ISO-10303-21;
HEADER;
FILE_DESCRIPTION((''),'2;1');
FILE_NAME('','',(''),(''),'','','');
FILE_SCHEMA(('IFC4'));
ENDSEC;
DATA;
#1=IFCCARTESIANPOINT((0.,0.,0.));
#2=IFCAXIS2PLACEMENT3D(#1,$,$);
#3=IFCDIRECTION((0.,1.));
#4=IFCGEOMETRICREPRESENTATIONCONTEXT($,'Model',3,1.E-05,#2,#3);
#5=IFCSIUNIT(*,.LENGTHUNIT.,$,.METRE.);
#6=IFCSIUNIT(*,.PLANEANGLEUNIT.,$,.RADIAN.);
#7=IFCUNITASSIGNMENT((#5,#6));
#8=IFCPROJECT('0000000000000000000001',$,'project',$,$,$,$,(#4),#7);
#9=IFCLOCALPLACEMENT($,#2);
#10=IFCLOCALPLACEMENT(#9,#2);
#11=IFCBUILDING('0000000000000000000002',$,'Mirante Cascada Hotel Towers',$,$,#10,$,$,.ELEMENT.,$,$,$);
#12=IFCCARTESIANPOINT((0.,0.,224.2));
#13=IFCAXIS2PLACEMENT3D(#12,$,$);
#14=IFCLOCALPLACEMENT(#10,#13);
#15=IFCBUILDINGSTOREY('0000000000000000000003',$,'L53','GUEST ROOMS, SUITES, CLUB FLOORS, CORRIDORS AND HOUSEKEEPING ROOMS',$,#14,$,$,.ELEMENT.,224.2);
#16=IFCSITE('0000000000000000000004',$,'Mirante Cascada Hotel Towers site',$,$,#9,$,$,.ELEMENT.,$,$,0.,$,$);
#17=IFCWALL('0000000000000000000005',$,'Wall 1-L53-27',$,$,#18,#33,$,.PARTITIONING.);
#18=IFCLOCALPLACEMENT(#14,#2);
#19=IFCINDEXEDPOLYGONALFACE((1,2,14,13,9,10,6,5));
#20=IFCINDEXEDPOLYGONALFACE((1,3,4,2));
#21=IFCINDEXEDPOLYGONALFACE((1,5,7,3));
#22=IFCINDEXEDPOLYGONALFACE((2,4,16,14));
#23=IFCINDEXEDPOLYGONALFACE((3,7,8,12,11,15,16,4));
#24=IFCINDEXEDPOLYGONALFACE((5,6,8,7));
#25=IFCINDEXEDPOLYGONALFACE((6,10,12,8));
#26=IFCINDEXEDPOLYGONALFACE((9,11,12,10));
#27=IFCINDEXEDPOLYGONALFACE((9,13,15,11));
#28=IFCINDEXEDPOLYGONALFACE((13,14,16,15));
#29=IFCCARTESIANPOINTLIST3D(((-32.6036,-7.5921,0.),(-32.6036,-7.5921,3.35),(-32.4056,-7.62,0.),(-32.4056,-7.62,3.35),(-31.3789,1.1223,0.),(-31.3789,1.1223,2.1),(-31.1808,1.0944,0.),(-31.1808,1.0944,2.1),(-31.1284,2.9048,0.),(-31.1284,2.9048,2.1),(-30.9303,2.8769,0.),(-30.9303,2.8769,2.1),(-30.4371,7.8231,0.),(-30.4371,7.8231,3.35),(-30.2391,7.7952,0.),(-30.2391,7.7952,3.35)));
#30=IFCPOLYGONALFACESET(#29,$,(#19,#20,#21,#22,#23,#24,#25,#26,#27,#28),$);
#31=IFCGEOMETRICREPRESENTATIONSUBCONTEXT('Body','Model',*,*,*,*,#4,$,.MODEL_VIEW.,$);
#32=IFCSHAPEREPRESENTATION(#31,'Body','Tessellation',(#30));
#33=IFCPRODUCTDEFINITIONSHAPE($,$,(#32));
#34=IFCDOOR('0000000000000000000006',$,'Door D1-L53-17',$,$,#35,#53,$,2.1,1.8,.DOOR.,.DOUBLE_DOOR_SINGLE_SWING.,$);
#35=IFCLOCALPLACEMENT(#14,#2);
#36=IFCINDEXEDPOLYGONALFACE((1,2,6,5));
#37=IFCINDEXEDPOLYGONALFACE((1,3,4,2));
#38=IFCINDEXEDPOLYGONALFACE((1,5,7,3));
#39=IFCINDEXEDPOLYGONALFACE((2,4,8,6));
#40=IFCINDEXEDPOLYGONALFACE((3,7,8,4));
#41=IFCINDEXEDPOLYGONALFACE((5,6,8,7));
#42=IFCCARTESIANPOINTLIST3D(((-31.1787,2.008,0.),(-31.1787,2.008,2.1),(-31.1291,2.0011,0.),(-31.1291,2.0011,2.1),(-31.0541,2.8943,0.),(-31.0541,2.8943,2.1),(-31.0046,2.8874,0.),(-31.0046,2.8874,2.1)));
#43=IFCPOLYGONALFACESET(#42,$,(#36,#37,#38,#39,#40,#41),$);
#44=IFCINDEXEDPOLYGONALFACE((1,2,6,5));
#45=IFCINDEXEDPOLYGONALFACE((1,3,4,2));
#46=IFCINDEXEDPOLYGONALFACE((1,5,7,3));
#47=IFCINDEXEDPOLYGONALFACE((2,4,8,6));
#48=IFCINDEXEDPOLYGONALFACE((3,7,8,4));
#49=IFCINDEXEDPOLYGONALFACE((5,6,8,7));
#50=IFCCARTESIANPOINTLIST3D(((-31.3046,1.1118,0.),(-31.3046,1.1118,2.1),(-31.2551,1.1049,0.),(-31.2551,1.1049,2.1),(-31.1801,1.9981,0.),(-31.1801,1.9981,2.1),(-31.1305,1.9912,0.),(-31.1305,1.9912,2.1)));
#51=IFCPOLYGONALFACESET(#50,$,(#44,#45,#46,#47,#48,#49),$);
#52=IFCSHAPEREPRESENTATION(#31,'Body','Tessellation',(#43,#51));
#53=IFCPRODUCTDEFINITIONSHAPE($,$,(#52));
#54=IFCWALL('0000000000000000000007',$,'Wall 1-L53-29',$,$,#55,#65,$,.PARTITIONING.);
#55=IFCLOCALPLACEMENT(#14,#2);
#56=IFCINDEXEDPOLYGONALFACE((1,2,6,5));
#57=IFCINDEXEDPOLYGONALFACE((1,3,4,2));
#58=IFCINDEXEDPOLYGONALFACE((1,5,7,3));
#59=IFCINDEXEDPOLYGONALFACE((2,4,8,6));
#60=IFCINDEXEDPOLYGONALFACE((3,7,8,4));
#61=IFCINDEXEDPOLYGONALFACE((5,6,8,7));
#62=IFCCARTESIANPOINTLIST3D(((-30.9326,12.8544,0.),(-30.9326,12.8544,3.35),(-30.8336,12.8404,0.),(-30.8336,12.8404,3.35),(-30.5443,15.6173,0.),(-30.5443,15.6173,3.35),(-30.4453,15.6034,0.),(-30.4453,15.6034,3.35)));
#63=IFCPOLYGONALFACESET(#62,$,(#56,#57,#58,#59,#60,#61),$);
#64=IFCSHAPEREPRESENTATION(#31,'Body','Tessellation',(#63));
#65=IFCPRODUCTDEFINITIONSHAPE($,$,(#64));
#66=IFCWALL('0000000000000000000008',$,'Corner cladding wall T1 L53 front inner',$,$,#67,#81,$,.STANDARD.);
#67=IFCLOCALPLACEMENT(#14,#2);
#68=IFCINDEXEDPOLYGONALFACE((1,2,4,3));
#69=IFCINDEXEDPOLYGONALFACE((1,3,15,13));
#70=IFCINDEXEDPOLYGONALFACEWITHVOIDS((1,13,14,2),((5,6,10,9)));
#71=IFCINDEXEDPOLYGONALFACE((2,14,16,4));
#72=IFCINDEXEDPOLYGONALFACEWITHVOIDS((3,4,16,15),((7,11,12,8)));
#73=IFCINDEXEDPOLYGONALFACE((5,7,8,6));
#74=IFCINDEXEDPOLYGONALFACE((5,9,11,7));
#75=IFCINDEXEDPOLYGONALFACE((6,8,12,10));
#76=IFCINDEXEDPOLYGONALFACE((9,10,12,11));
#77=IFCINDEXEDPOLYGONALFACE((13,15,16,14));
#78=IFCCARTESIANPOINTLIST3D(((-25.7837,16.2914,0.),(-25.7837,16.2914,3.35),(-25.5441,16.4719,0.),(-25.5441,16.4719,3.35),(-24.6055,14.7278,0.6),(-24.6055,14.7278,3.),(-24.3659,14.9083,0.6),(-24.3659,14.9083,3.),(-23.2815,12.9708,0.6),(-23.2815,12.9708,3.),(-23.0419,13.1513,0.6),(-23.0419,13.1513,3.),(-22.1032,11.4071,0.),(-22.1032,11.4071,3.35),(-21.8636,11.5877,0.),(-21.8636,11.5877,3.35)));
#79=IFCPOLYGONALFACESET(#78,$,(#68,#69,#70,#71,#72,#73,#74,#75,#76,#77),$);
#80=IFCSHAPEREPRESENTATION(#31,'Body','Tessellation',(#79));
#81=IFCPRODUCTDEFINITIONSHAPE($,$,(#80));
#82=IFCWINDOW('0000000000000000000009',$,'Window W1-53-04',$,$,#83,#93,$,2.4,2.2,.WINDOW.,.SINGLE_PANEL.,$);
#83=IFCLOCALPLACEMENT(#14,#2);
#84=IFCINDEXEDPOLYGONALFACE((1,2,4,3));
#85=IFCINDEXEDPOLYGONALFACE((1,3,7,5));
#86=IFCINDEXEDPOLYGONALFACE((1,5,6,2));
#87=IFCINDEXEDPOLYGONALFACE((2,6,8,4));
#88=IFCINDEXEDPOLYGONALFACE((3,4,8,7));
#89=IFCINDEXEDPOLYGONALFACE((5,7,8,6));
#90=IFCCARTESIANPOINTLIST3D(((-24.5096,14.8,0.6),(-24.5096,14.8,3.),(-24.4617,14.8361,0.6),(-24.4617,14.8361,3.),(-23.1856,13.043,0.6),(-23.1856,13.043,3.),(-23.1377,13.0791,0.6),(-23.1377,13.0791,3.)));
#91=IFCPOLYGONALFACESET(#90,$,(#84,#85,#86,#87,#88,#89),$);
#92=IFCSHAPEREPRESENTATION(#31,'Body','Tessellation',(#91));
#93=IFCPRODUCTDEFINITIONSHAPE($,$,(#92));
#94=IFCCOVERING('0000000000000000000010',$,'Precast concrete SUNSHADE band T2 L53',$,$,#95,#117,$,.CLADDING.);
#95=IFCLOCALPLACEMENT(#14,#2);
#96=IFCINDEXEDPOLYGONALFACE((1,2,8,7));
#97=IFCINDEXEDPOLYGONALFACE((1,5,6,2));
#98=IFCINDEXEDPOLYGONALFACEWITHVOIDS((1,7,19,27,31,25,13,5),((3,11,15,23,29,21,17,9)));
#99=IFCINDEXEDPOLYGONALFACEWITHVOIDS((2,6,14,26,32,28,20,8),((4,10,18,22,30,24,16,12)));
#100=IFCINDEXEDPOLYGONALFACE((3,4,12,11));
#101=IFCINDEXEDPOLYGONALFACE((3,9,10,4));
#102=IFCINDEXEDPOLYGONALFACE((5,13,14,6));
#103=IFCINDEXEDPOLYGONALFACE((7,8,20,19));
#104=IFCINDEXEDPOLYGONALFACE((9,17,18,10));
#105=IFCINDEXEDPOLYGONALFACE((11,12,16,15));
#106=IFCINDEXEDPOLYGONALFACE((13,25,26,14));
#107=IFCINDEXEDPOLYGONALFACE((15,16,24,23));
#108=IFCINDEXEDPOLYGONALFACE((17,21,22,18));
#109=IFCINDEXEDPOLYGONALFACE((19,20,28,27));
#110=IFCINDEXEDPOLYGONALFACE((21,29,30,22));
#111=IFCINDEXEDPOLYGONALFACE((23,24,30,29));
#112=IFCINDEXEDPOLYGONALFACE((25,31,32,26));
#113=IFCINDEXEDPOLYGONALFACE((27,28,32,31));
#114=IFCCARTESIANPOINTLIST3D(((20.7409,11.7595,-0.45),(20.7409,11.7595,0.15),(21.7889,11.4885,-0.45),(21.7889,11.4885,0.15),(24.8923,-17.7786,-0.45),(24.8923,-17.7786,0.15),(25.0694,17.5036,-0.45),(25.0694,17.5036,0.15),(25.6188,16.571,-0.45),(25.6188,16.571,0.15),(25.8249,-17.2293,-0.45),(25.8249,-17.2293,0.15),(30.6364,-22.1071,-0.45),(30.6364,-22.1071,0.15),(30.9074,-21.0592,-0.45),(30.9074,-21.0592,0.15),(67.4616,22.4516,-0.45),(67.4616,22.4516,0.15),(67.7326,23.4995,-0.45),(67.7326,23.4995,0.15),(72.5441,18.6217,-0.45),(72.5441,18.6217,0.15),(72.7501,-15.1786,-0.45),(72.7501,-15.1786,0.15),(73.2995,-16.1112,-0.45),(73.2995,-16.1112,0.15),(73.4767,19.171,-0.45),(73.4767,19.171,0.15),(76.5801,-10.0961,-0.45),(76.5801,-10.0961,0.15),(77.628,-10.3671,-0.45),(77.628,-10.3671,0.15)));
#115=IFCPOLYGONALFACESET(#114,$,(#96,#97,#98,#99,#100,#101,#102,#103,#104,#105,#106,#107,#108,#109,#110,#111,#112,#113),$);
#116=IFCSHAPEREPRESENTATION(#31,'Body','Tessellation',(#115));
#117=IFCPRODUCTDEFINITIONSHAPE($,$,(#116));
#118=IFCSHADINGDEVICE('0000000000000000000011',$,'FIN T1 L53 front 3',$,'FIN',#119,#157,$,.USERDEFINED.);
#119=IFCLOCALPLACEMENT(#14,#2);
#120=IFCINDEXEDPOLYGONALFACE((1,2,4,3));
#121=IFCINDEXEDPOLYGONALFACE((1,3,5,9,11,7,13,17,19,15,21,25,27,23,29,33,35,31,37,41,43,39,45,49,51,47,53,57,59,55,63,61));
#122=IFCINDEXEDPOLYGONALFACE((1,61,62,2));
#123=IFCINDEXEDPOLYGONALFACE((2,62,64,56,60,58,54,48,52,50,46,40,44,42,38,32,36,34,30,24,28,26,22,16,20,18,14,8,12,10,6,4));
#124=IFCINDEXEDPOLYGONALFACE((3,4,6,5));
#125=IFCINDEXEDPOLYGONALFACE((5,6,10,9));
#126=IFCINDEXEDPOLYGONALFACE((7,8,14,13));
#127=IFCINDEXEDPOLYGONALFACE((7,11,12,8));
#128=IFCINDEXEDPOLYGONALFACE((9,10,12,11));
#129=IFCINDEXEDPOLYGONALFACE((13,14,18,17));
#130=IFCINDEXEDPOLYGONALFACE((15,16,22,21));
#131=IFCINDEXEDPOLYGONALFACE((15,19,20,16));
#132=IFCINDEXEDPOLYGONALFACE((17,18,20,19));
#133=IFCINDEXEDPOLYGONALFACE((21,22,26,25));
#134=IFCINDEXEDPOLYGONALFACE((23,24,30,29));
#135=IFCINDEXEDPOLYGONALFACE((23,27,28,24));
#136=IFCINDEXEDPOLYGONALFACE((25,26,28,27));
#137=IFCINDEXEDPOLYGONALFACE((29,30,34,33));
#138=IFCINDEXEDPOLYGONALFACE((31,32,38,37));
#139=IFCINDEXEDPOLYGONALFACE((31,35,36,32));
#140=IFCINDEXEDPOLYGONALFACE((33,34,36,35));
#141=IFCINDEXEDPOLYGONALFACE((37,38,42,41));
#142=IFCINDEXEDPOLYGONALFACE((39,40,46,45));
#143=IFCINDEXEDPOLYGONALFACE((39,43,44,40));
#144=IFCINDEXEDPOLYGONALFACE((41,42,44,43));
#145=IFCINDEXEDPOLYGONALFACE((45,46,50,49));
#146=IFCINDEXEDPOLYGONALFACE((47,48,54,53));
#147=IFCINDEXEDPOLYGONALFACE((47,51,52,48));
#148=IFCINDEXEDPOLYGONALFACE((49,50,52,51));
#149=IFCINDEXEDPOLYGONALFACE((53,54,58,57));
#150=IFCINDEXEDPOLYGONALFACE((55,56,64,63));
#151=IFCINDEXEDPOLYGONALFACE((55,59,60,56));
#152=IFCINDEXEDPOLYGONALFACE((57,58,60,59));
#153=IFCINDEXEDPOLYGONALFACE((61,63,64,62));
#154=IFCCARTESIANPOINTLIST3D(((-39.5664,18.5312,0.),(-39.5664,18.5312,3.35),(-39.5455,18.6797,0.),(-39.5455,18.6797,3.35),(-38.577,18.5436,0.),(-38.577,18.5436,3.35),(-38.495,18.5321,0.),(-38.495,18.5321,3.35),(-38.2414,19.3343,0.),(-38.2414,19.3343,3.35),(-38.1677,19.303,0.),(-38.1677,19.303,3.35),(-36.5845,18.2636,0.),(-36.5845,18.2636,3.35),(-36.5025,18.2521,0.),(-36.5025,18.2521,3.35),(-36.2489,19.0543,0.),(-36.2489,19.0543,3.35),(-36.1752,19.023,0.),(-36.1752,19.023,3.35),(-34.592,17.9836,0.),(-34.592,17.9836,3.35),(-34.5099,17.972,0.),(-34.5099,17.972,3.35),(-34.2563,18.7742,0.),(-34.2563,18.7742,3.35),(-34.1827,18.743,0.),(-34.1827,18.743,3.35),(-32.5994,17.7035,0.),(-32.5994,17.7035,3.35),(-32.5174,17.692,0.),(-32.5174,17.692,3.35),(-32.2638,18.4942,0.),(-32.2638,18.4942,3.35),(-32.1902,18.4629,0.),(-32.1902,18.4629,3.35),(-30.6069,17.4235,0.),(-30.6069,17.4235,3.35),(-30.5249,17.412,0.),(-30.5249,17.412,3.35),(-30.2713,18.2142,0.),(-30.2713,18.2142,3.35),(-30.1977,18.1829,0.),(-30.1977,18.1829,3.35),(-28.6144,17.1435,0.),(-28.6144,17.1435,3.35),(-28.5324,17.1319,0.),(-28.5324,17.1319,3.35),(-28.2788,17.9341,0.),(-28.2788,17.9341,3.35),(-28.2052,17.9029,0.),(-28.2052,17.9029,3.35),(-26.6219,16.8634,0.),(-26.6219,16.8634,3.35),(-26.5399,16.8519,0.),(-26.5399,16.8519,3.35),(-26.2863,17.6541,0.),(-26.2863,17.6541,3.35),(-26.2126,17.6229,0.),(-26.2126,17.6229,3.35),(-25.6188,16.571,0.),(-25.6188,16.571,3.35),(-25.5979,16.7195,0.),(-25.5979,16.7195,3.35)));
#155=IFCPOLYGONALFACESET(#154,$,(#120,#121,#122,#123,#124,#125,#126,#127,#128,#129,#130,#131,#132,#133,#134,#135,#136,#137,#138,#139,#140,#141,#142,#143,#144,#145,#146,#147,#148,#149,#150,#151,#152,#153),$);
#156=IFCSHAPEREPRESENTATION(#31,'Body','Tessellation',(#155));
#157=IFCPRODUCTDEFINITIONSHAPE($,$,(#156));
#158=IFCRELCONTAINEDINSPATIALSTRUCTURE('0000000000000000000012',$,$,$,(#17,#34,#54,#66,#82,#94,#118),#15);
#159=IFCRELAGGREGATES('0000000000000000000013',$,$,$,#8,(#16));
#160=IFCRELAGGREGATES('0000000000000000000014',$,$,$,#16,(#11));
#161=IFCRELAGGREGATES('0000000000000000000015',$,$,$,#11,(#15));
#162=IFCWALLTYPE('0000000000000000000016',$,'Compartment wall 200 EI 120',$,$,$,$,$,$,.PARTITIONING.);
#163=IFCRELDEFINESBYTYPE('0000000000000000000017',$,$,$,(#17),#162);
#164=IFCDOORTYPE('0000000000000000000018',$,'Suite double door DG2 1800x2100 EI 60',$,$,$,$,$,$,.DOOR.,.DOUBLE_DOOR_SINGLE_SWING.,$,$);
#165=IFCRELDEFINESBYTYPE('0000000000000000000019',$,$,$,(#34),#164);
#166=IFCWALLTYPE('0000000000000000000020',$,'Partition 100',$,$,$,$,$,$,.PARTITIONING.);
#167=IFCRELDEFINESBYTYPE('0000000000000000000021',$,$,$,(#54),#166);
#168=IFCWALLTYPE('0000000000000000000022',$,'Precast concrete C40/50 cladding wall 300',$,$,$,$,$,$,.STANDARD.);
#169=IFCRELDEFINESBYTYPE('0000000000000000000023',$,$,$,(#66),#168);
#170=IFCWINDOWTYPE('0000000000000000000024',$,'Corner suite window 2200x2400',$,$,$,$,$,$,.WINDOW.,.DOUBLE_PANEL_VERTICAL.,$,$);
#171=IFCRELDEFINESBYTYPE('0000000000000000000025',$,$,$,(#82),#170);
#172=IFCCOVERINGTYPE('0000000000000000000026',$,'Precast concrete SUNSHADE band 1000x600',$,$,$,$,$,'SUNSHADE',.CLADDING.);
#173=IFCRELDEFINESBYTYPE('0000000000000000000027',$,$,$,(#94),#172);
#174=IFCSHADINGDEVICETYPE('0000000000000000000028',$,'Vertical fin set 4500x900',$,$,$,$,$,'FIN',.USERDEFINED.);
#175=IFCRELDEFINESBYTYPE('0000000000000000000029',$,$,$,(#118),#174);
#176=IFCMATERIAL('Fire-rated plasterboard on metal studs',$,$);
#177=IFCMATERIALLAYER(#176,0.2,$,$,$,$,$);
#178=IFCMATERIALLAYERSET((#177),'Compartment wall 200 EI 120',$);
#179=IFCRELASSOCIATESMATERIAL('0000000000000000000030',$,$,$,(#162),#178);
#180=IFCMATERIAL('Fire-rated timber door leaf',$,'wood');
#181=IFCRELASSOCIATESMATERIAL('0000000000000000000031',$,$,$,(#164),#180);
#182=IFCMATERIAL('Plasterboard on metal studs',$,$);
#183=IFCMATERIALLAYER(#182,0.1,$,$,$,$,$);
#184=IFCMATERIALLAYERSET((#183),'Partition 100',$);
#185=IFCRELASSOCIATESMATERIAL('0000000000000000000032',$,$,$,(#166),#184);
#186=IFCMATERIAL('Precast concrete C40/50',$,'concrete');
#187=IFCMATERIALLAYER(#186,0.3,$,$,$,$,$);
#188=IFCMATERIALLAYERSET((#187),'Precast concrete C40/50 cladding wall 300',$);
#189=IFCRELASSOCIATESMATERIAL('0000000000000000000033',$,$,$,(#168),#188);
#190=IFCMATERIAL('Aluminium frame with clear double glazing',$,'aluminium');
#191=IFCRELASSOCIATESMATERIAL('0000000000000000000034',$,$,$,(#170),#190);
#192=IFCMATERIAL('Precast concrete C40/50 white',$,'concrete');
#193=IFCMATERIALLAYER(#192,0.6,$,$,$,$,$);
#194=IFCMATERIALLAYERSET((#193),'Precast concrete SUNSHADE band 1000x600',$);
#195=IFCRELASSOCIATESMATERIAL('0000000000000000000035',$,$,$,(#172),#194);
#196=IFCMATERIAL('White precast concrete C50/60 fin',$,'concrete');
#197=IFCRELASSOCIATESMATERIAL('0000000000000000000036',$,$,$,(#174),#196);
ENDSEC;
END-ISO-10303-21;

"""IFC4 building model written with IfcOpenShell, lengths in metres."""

from ifc_helpers import new_model, si_unit, direction, frame, frame_2d, origin, place, context, subcontext, project, spatial, polyline, rectangle, outline, extrude, material, layer, layer_set, type_object, element, fill, save


model = new_model("IFC4")

# Units and contexts
model_context = context("Model", 3, precision=1e-05, world=origin(), true_north=direction((0.0, 1.0)))
body_context = subcontext(model_context, "Body", "Model", "MODEL_VIEW")
ifc_project = project(units=[si_unit("LENGTHUNIT", "METRE"), si_unit("PLANEANGLEUNIT", "RADIAN")], contexts=[model_context])

# Site, building, storey
site_placement = place(None, origin())
site = spatial("IfcSite", under=ifc_project, at=site_placement, Name="Mirante Cascada Hotel Towers site", CompositionType="ELEMENT", RefElevation=0.0)
building_placement = place(site_placement, origin())
building = spatial("IfcBuilding", under=site, at=building_placement, Name="Mirante Cascada Hotel Towers", CompositionType="ELEMENT")
storey_placement = place(building_placement, frame((0.0, 0.0, 224.2)))
storey = spatial("IfcBuildingStorey", under=building, at=storey_placement, Name="L53", Description="GUEST ROOMS, SUITES, CLUB FLOORS, CORRIDORS AND HOUSEKEEPING ROOMS", CompositionType="ELEMENT", Elevation=224.2)

# Wall, opening, door
ifc_material_1 = material(Name="Fire-rated plasterboard on metal studs")
ifc_layer_1 = layer(ifc_material_1, 0.2)
ifc_layer_set_1 = layer_set([ifc_layer_1], Name="Compartment wall 200 EI 120")
wall_type_1 = type_object("IfcWallType", Name="Compartment wall 200 EI 120", PredefinedType="PARTITIONING", material=ifc_layer_set_1)
wall_1_placement = place(storey_placement, frame((-30.3381, 7.8092, 0.0), z_axis=(0.0, 0.0, 1.0), x_axis=(-0.139175, -0.990268, 0.0)))
wall_1 = element("IfcWall", 1, at=wall_1_placement, inside=storey, type_object=wall_type_1, Name="Wall 1-L53-27", PredefinedType="PARTITIONING", context=body_context, shape_type="SweptSolid", body=[
    extrude(rectangle(XDim=15.5667, YDim=0.2, at=frame_2d((7.7834, 0.0))), origin(), (0.0, 0.0, 1.0), 3.35),
])
opening_1_placement = place(wall_1_placement, frame((4.9667, 0.0, 0.0)))
opening_1 = element("IfcOpeningElement", 2, at=opening_1_placement, cuts=wall_1, PredefinedType="OPENING", context=body_context, shape_type="SweptSolid", body=[
    extrude(rectangle(XDim=1.8, YDim=2.1, at=frame_2d((0.9, 1.05))), frame((0.0, 0.1, 0.0), z_axis=(0.0, -1.0, 0.0), x_axis=(1.0, 0.0, 0.0)), (0.0, 0.0, 1.0), 0.2),
])
ifc_material_2 = material(Name="Fire-rated timber door leaf", Category="wood")
door_type = type_object("IfcDoorType", Name="Suite double door DG2 1800x2100 EI 60", OperationType="DOUBLE_DOOR_SINGLE_SWING", PredefinedType="DOOR", material=ifc_material_2)
door_placement = place(opening_1_placement, origin())
door = element("IfcDoor", 3, at=door_placement, inside=storey, type_object=door_type, Name="Door D1-L53-17", OperationType="DOUBLE_DOOR_SINGLE_SWING", OverallHeight=2.1, OverallWidth=1.8, PredefinedType="DOOR", context=body_context, shape_type="SweptSolid", body=[
    extrude(rectangle(XDim=0.895, YDim=2.1, at=frame_2d((0.4475, 1.05))), frame((0.0, 0.025, 0.0), z_axis=(0.0, -1.0, 0.0), x_axis=(1.0, 0.0, 0.0)), (0.0, 0.0, 1.0), 0.05),
    extrude(rectangle(XDim=0.895, YDim=2.1, at=frame_2d((1.3525, 1.05))), frame((0.0, 0.025, 0.0), z_axis=(0.0, -1.0, 0.0), x_axis=(1.0, 0.0, 0.0)), (0.0, 0.0, 1.0), 0.05),
])
fill(opening_1, door)

# Wall
ifc_material_3 = material(Name="Plasterboard on metal studs")
ifc_layer_2 = layer(ifc_material_3, 0.1)
ifc_layer_set_2 = layer_set([ifc_layer_2], Name="Partition 100")
wall_type_2 = type_object("IfcWallType", Name="Partition 100", PredefinedType="PARTITIONING", material=ifc_layer_set_2)
wall_2_placement = place(storey_placement, frame((-30.4948, 15.6103, 0.0), z_axis=(0.0, 0.0, 1.0), x_axis=(-0.139173, -0.990268, 0.0)))
element("IfcWall", 4, at=wall_2_placement, inside=storey, type_object=wall_type_2, Name="Wall 1-L53-29", PredefinedType="PARTITIONING", context=body_context, shape_type="SweptSolid", body=[
    extrude(rectangle(XDim=2.7901, YDim=0.1, at=frame_2d((1.395, 0.0))), origin(), (0.0, 0.0, 1.0), 3.35),
])

# Wall, opening, window
ifc_material_4 = material(Name="Precast concrete C40/50", Category="concrete")
ifc_layer_3 = layer(ifc_material_4, 0.3)
ifc_layer_set_3 = layer_set([ifc_layer_3], Name="Precast concrete C40/50 cladding wall 300")
wall_type_3 = type_object("IfcWallType", Name="Precast concrete C40/50 cladding wall 300", PredefinedType="STANDARD", material=ifc_layer_set_3)
wall_3_placement = place(storey_placement, frame((-25.6639, 16.3816, 0.0), z_axis=(0.0, 0.0, 1.0), x_axis=(0.601814, -0.798636, 0.0)))
wall_3 = element("IfcWall", 5, at=wall_3_placement, inside=storey, type_object=wall_type_3, Name="Corner cladding wall T1 L53 front inner", PredefinedType="STANDARD", context=body_context, shape_type="SweptSolid", body=[
    extrude(rectangle(XDim=6.1157, YDim=0.3, at=frame_2d((3.0578, 0.0))), origin(), (0.0, 0.0, 1.0), 3.35),
])
opening_2_placement = place(wall_3_placement, frame((1.9578, 0.0, 0.6)))
opening_2 = element("IfcOpeningElement", 6, at=opening_2_placement, cuts=wall_3, PredefinedType="OPENING", context=body_context, shape_type="SweptSolid", body=[
    extrude(rectangle(XDim=2.2, YDim=2.4, at=frame_2d((1.1, 1.2))), frame((0.0, 0.15, 0.0), z_axis=(0.0, -1.0, 0.0), x_axis=(1.0, 0.0, 0.0)), (0.0, 0.0, 1.0), 0.3),
])
ifc_material_5 = material(Name="Aluminium frame with clear double glazing", Category="aluminium")
window_type = type_object("IfcWindowType", Name="Corner suite window 2200x2400", PartitioningType="DOUBLE_PANEL_VERTICAL", PredefinedType="WINDOW", material=ifc_material_5)
window_placement = place(opening_2_placement, origin())
window = element("IfcWindow", 7, at=window_placement, inside=storey, type_object=window_type, Name="Window W1-53-04", OverallHeight=2.4, OverallWidth=2.2, PartitioningType="SINGLE_PANEL", PredefinedType="WINDOW", context=body_context, shape_type="SweptSolid", body=[
    extrude(rectangle(XDim=2.2, YDim=2.4, at=frame_2d((1.1, 1.2))), frame((0.0, 0.03, 0.0), z_axis=(0.0, -1.0, 0.0), x_axis=(1.0, 0.0, 0.0)), (0.0, 0.0, 1.0), 0.06),
])
fill(opening_2, window)

# Covering
ifc_material_6 = material(Name="Precast concrete C40/50 white", Category="concrete")
ifc_layer_4 = layer(ifc_material_6, 0.6)
ifc_layer_set_4 = layer_set([ifc_layer_4], Name="Precast concrete SUNSHADE band 1000x600")
covering_type = type_object("IfcCoveringType", Name="Precast concrete SUNSHADE band 1000x600", ElementType="SUNSHADE", PredefinedType="CLADDING", material=ifc_layer_set_4)
covering_placement = place(storey_placement, frame((0.0, 0.0, -0.45)))
element("IfcCovering", 8, at=covering_placement, inside=storey, type_object=covering_type, Name="Precast concrete SUNSHADE band T2 L53", PredefinedType="CLADDING", context=body_context, shape_type="SweptSolid", body=[
    extrude(outline(polyline([(20.7409, 11.7595), (25.0694, 17.5036), (67.7326, 23.4995), (73.4767, 19.171), (77.628, -10.3671), (73.2995, -16.1112), (30.6364, -22.1071), (24.8923, -17.7786), (20.7409, 11.7595)]), holes=[polyline([(76.5801, -10.0961), (72.5441, 18.6217), (67.4616, 22.4516), (25.6188, 16.571), (21.7889, 11.4885), (25.8249, -17.2293), (30.9074, -21.0592), (72.7501, -15.1786), (76.5801, -10.0961)])]), origin(), (0.0, 0.0, 1.0), 0.6),
])

# Shading device
ifc_material_7 = material(Name="White precast concrete C50/60 fin", Category="concrete")
shading_device_type = type_object("IfcShadingDeviceType", Name="Vertical fin set 4500x900", ElementType="FIN", PredefinedType="USERDEFINED", material=ifc_material_7)
shading_device_1_placement = place(storey_placement, origin())
element("IfcShadingDevice", 9, at=shading_device_1_placement, inside=storey, type_object=shading_device_type, Name="FIN T1 L53 front 3", ObjectType="FIN", PredefinedType="USERDEFINED", context=body_context, shape_type="SweptSolid", body=[
    extrude(outline(polyline([(-26.5399, 16.8519), (-25.5979, 16.7195), (-25.6188, 16.571), (-39.5664, 18.5312), (-39.5455, 18.6797), (-38.577, 18.5436), (-38.2414, 19.3343), (-38.1677, 19.303), (-38.495, 18.5321), (-36.5845, 18.2636), (-36.2489, 19.0543), (-36.1752, 19.023), (-36.5025, 18.2521), (-34.592, 17.9836), (-34.2563, 18.7742), (-34.1827, 18.743), (-34.5099, 17.972), (-32.5994, 17.7035), (-32.2638, 18.4942), (-32.1902, 18.4629), (-32.5174, 17.692), (-30.6069, 17.4235), (-30.2713, 18.2142), (-30.1977, 18.1829), (-30.5249, 17.412), (-28.6144, 17.1435), (-28.2788, 17.9341), (-28.2052, 17.9029), (-28.5324, 17.1319), (-26.6219, 16.8634), (-26.2863, 17.6541), (-26.2126, 17.6229), (-26.5399, 16.8519)])), origin(), (0.0, 0.0, 1.0), 3.35),
])

save(model, "model.ifc")
